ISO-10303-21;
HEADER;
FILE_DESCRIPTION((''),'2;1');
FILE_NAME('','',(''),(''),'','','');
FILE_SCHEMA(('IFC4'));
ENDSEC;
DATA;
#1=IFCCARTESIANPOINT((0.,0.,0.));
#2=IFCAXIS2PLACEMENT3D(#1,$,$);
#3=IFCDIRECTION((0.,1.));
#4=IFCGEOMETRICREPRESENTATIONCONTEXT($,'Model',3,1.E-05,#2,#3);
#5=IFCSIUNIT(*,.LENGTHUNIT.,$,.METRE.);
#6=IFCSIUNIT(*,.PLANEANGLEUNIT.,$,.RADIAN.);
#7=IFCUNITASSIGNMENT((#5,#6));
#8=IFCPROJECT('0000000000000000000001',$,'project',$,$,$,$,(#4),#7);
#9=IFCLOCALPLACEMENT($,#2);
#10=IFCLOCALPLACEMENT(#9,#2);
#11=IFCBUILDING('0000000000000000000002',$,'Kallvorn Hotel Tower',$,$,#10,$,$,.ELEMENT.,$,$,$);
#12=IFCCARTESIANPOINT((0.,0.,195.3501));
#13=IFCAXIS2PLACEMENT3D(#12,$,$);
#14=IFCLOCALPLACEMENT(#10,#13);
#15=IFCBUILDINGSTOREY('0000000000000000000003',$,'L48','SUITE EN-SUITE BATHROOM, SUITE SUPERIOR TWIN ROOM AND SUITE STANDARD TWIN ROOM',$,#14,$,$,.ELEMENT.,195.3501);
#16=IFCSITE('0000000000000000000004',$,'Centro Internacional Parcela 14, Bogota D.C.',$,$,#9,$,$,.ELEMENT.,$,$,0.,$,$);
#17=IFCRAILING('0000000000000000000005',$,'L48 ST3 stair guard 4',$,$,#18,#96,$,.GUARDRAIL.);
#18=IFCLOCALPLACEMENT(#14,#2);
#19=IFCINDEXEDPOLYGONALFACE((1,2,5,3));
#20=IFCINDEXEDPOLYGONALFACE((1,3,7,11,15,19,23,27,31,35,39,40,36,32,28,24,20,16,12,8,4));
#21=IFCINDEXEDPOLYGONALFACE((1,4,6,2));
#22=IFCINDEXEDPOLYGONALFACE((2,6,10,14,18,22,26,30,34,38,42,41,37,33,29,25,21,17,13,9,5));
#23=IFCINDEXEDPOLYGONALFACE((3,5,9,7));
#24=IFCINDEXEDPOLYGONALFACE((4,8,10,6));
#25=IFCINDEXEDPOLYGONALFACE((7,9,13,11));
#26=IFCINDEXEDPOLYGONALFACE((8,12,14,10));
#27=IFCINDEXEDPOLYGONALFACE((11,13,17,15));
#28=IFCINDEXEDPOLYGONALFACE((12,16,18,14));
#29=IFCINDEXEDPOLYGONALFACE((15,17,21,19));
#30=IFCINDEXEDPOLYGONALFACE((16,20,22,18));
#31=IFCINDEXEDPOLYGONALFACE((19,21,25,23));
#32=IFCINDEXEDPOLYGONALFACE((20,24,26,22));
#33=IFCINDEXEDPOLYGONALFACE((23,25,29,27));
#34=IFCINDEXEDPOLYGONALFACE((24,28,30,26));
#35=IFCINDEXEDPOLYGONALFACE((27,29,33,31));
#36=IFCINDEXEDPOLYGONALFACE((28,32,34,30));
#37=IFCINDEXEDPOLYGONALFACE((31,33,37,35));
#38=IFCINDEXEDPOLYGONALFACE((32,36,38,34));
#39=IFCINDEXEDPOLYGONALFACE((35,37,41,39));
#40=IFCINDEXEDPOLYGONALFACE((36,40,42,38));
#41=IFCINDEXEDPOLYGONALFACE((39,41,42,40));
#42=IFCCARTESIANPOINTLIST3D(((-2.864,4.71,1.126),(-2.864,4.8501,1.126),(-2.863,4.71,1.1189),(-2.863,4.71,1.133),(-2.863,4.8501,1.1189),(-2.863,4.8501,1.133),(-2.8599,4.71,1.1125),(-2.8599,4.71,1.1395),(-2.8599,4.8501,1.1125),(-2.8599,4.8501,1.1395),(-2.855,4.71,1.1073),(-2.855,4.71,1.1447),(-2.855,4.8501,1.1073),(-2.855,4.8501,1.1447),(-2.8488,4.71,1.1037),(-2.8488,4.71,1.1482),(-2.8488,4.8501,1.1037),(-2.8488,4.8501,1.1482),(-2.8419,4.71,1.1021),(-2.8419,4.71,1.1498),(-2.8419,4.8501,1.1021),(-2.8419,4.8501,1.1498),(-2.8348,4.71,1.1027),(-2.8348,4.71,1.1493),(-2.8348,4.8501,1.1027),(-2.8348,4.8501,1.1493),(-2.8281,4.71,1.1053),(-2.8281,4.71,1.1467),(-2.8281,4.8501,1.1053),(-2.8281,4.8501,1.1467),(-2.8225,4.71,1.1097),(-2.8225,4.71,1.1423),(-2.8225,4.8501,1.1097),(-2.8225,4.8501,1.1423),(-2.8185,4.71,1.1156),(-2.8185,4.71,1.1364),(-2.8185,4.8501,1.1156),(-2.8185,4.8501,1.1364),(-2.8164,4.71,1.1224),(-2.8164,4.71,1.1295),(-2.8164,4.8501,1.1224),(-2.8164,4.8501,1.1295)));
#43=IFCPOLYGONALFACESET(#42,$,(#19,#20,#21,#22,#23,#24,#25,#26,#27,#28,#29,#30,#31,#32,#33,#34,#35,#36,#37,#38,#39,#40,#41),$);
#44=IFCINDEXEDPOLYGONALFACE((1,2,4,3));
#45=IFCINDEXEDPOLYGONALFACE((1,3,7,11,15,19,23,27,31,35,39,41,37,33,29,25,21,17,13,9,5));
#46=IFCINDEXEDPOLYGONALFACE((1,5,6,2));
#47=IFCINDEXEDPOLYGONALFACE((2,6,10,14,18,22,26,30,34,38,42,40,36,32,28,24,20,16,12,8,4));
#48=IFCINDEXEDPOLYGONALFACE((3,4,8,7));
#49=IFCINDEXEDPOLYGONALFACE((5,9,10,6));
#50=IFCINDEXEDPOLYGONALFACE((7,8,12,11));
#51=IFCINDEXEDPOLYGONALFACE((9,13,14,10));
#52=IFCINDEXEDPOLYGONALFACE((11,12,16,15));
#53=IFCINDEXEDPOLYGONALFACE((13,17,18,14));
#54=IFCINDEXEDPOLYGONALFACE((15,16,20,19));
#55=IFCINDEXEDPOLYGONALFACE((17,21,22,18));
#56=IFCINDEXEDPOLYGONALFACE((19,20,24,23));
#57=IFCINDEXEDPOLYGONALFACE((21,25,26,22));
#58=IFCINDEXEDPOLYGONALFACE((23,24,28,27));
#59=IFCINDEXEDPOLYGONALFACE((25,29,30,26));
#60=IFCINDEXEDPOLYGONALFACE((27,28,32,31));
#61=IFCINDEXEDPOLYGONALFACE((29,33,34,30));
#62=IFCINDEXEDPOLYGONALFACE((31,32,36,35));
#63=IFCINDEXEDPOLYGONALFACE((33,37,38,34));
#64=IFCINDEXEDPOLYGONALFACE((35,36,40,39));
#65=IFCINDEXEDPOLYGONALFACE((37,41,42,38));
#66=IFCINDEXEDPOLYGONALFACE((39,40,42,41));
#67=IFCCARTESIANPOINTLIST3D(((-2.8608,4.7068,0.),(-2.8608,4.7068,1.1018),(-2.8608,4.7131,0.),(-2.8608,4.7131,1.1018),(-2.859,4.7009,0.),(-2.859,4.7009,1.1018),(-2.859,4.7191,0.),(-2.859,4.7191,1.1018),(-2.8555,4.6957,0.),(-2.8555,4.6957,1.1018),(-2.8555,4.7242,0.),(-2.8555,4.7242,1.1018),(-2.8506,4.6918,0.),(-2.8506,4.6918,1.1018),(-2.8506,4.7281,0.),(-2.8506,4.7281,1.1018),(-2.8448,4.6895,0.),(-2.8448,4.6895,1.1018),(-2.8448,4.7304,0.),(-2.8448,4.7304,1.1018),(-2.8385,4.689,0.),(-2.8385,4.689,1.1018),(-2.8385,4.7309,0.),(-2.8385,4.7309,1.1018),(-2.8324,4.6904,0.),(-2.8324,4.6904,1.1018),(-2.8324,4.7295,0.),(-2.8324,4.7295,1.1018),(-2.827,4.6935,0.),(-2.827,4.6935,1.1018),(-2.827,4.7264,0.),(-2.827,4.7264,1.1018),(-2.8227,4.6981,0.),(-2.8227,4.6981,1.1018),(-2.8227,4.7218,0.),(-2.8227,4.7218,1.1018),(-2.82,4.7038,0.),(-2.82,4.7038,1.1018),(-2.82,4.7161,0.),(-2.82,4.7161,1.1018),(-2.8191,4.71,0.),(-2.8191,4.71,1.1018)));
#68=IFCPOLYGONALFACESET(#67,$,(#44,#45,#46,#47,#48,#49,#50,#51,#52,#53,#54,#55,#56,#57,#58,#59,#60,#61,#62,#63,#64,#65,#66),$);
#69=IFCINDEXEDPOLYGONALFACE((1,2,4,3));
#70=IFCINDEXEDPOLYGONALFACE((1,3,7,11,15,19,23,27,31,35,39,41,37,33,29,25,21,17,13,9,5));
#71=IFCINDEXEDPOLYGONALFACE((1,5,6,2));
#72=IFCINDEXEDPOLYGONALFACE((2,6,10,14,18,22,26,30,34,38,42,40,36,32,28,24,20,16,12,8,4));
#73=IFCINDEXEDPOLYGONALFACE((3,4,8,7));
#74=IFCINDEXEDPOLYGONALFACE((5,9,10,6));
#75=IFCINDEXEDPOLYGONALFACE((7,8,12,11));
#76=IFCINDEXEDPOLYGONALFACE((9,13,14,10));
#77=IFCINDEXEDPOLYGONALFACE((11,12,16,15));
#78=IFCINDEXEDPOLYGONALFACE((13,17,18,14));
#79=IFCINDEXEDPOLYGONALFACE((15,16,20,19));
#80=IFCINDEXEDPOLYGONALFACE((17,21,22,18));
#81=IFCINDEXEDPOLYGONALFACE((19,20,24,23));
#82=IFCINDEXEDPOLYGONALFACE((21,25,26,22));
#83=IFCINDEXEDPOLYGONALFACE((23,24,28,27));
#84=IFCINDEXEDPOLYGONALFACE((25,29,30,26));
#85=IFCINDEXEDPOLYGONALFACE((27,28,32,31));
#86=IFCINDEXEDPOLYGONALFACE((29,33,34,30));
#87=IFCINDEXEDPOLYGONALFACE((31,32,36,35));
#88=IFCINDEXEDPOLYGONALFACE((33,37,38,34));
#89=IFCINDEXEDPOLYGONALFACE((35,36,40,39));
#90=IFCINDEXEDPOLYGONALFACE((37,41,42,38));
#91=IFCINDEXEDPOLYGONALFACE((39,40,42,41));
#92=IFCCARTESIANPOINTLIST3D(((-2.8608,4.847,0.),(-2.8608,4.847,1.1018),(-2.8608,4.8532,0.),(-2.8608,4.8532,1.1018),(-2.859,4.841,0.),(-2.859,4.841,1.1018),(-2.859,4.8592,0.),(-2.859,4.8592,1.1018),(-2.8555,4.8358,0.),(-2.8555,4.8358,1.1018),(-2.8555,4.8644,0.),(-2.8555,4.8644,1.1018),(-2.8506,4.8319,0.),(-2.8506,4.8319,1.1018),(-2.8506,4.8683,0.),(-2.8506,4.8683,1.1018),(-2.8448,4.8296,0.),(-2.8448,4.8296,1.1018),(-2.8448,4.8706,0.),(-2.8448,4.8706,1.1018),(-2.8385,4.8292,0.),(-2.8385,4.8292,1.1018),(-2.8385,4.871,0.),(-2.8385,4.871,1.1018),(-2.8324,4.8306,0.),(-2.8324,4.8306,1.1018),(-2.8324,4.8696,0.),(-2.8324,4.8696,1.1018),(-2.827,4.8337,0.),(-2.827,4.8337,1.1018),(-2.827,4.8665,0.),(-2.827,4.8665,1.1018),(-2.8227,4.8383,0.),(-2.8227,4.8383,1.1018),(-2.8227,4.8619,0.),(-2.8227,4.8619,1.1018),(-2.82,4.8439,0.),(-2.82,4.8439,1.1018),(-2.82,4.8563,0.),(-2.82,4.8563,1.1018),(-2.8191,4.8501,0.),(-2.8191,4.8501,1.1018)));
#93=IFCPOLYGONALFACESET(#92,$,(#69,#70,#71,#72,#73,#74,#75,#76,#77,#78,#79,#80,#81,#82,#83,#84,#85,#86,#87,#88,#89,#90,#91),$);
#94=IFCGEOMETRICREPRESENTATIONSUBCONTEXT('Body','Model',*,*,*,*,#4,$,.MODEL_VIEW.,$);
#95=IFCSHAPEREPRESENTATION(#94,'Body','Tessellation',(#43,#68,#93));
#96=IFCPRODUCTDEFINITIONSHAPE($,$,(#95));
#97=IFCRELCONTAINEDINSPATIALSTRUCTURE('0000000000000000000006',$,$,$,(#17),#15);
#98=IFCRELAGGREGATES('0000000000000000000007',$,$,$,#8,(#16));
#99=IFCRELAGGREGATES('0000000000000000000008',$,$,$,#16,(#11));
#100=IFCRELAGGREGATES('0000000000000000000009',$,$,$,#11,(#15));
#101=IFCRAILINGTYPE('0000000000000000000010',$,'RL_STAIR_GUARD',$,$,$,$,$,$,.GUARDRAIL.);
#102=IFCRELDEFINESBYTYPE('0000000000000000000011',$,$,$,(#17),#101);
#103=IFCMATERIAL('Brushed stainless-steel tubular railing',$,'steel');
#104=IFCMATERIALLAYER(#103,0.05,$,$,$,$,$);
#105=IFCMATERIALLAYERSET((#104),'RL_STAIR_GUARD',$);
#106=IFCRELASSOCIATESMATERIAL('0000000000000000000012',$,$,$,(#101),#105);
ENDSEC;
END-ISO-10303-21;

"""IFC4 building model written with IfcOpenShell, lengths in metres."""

from ifc_helpers import new_model, si_unit, direction, frame, origin, origin_2d, place, context, subcontext, project, spatial, circle, extrude, material, layer, layer_set, type_object, element, save


model = new_model("IFC4")

# Units and contexts
model_context = context("Model", 3, precision=1e-05, world=origin(), true_north=direction((0.0, 1.0)))
body_context = subcontext(model_context, "Body", "Model", "MODEL_VIEW")
ifc_project = project(units=[si_unit("LENGTHUNIT", "METRE"), si_unit("PLANEANGLEUNIT", "RADIAN")], contexts=[model_context])

# Site, building, storey
site_placement = place(None, origin())
site = spatial("IfcSite", under=ifc_project, at=site_placement, Name="Centro Internacional Parcela 14, Bogota D.C.", CompositionType="ELEMENT", RefElevation=0.0)
building_placement = place(site_placement, origin())
building = spatial("IfcBuilding", under=site, at=building_placement, Name="Kallvorn Hotel Tower", CompositionType="ELEMENT")
storey_placement = place(building_placement, frame((0.0, 0.0, 195.3501)))
storey = spatial("IfcBuildingStorey", under=building, at=storey_placement, Name="L48", Description="SUITE EN-SUITE BATHROOM, SUITE SUPERIOR TWIN ROOM AND SUITE STANDARD TWIN ROOM", CompositionType="ELEMENT", Elevation=195.3501)

# Railing
ifc_material_1 = material(Name="Brushed stainless-steel tubular railing", Category="steel")
ifc_layer_1 = layer(ifc_material_1, 0.05)
ifc_layer_set_1 = layer_set([ifc_layer_1], Name="RL_STAIR_GUARD")
railing_type_1 = type_object("IfcRailingType", Name="RL_STAIR_GUARD", PredefinedType="GUARDRAIL", material=ifc_layer_set_1)
railing_1_placement = place(storey_placement, frame((-2.8401, 4.71, 0.0)))
element("IfcRailing", 1, at=railing_1_placement, inside=storey, type_object=railing_type_1, Name="L48 ST3 stair guard 4", PredefinedType="GUARDRAIL", context=body_context, shape_type="SweptSolid", body=[
    extrude(circle(Radius=0.0239, at=origin_2d()), frame((0.0, 0.0, 1.126), z_axis=(0.0, 1.0, 0.0), x_axis=(-1.0, 0.0, 0.0)), (0.0, 0.0, 1.0), 0.1401),
    extrude(circle(Radius=0.021, at=origin_2d()), origin(), (0.0, 0.0, 1.0), 1.1018),
    extrude(circle(Radius=0.021, at=origin_2d()), frame((0.0, 0.1401, 0.0)), (0.0, 0.0, 1.0), 1.1018),
])

save(model, "model.ifc")
